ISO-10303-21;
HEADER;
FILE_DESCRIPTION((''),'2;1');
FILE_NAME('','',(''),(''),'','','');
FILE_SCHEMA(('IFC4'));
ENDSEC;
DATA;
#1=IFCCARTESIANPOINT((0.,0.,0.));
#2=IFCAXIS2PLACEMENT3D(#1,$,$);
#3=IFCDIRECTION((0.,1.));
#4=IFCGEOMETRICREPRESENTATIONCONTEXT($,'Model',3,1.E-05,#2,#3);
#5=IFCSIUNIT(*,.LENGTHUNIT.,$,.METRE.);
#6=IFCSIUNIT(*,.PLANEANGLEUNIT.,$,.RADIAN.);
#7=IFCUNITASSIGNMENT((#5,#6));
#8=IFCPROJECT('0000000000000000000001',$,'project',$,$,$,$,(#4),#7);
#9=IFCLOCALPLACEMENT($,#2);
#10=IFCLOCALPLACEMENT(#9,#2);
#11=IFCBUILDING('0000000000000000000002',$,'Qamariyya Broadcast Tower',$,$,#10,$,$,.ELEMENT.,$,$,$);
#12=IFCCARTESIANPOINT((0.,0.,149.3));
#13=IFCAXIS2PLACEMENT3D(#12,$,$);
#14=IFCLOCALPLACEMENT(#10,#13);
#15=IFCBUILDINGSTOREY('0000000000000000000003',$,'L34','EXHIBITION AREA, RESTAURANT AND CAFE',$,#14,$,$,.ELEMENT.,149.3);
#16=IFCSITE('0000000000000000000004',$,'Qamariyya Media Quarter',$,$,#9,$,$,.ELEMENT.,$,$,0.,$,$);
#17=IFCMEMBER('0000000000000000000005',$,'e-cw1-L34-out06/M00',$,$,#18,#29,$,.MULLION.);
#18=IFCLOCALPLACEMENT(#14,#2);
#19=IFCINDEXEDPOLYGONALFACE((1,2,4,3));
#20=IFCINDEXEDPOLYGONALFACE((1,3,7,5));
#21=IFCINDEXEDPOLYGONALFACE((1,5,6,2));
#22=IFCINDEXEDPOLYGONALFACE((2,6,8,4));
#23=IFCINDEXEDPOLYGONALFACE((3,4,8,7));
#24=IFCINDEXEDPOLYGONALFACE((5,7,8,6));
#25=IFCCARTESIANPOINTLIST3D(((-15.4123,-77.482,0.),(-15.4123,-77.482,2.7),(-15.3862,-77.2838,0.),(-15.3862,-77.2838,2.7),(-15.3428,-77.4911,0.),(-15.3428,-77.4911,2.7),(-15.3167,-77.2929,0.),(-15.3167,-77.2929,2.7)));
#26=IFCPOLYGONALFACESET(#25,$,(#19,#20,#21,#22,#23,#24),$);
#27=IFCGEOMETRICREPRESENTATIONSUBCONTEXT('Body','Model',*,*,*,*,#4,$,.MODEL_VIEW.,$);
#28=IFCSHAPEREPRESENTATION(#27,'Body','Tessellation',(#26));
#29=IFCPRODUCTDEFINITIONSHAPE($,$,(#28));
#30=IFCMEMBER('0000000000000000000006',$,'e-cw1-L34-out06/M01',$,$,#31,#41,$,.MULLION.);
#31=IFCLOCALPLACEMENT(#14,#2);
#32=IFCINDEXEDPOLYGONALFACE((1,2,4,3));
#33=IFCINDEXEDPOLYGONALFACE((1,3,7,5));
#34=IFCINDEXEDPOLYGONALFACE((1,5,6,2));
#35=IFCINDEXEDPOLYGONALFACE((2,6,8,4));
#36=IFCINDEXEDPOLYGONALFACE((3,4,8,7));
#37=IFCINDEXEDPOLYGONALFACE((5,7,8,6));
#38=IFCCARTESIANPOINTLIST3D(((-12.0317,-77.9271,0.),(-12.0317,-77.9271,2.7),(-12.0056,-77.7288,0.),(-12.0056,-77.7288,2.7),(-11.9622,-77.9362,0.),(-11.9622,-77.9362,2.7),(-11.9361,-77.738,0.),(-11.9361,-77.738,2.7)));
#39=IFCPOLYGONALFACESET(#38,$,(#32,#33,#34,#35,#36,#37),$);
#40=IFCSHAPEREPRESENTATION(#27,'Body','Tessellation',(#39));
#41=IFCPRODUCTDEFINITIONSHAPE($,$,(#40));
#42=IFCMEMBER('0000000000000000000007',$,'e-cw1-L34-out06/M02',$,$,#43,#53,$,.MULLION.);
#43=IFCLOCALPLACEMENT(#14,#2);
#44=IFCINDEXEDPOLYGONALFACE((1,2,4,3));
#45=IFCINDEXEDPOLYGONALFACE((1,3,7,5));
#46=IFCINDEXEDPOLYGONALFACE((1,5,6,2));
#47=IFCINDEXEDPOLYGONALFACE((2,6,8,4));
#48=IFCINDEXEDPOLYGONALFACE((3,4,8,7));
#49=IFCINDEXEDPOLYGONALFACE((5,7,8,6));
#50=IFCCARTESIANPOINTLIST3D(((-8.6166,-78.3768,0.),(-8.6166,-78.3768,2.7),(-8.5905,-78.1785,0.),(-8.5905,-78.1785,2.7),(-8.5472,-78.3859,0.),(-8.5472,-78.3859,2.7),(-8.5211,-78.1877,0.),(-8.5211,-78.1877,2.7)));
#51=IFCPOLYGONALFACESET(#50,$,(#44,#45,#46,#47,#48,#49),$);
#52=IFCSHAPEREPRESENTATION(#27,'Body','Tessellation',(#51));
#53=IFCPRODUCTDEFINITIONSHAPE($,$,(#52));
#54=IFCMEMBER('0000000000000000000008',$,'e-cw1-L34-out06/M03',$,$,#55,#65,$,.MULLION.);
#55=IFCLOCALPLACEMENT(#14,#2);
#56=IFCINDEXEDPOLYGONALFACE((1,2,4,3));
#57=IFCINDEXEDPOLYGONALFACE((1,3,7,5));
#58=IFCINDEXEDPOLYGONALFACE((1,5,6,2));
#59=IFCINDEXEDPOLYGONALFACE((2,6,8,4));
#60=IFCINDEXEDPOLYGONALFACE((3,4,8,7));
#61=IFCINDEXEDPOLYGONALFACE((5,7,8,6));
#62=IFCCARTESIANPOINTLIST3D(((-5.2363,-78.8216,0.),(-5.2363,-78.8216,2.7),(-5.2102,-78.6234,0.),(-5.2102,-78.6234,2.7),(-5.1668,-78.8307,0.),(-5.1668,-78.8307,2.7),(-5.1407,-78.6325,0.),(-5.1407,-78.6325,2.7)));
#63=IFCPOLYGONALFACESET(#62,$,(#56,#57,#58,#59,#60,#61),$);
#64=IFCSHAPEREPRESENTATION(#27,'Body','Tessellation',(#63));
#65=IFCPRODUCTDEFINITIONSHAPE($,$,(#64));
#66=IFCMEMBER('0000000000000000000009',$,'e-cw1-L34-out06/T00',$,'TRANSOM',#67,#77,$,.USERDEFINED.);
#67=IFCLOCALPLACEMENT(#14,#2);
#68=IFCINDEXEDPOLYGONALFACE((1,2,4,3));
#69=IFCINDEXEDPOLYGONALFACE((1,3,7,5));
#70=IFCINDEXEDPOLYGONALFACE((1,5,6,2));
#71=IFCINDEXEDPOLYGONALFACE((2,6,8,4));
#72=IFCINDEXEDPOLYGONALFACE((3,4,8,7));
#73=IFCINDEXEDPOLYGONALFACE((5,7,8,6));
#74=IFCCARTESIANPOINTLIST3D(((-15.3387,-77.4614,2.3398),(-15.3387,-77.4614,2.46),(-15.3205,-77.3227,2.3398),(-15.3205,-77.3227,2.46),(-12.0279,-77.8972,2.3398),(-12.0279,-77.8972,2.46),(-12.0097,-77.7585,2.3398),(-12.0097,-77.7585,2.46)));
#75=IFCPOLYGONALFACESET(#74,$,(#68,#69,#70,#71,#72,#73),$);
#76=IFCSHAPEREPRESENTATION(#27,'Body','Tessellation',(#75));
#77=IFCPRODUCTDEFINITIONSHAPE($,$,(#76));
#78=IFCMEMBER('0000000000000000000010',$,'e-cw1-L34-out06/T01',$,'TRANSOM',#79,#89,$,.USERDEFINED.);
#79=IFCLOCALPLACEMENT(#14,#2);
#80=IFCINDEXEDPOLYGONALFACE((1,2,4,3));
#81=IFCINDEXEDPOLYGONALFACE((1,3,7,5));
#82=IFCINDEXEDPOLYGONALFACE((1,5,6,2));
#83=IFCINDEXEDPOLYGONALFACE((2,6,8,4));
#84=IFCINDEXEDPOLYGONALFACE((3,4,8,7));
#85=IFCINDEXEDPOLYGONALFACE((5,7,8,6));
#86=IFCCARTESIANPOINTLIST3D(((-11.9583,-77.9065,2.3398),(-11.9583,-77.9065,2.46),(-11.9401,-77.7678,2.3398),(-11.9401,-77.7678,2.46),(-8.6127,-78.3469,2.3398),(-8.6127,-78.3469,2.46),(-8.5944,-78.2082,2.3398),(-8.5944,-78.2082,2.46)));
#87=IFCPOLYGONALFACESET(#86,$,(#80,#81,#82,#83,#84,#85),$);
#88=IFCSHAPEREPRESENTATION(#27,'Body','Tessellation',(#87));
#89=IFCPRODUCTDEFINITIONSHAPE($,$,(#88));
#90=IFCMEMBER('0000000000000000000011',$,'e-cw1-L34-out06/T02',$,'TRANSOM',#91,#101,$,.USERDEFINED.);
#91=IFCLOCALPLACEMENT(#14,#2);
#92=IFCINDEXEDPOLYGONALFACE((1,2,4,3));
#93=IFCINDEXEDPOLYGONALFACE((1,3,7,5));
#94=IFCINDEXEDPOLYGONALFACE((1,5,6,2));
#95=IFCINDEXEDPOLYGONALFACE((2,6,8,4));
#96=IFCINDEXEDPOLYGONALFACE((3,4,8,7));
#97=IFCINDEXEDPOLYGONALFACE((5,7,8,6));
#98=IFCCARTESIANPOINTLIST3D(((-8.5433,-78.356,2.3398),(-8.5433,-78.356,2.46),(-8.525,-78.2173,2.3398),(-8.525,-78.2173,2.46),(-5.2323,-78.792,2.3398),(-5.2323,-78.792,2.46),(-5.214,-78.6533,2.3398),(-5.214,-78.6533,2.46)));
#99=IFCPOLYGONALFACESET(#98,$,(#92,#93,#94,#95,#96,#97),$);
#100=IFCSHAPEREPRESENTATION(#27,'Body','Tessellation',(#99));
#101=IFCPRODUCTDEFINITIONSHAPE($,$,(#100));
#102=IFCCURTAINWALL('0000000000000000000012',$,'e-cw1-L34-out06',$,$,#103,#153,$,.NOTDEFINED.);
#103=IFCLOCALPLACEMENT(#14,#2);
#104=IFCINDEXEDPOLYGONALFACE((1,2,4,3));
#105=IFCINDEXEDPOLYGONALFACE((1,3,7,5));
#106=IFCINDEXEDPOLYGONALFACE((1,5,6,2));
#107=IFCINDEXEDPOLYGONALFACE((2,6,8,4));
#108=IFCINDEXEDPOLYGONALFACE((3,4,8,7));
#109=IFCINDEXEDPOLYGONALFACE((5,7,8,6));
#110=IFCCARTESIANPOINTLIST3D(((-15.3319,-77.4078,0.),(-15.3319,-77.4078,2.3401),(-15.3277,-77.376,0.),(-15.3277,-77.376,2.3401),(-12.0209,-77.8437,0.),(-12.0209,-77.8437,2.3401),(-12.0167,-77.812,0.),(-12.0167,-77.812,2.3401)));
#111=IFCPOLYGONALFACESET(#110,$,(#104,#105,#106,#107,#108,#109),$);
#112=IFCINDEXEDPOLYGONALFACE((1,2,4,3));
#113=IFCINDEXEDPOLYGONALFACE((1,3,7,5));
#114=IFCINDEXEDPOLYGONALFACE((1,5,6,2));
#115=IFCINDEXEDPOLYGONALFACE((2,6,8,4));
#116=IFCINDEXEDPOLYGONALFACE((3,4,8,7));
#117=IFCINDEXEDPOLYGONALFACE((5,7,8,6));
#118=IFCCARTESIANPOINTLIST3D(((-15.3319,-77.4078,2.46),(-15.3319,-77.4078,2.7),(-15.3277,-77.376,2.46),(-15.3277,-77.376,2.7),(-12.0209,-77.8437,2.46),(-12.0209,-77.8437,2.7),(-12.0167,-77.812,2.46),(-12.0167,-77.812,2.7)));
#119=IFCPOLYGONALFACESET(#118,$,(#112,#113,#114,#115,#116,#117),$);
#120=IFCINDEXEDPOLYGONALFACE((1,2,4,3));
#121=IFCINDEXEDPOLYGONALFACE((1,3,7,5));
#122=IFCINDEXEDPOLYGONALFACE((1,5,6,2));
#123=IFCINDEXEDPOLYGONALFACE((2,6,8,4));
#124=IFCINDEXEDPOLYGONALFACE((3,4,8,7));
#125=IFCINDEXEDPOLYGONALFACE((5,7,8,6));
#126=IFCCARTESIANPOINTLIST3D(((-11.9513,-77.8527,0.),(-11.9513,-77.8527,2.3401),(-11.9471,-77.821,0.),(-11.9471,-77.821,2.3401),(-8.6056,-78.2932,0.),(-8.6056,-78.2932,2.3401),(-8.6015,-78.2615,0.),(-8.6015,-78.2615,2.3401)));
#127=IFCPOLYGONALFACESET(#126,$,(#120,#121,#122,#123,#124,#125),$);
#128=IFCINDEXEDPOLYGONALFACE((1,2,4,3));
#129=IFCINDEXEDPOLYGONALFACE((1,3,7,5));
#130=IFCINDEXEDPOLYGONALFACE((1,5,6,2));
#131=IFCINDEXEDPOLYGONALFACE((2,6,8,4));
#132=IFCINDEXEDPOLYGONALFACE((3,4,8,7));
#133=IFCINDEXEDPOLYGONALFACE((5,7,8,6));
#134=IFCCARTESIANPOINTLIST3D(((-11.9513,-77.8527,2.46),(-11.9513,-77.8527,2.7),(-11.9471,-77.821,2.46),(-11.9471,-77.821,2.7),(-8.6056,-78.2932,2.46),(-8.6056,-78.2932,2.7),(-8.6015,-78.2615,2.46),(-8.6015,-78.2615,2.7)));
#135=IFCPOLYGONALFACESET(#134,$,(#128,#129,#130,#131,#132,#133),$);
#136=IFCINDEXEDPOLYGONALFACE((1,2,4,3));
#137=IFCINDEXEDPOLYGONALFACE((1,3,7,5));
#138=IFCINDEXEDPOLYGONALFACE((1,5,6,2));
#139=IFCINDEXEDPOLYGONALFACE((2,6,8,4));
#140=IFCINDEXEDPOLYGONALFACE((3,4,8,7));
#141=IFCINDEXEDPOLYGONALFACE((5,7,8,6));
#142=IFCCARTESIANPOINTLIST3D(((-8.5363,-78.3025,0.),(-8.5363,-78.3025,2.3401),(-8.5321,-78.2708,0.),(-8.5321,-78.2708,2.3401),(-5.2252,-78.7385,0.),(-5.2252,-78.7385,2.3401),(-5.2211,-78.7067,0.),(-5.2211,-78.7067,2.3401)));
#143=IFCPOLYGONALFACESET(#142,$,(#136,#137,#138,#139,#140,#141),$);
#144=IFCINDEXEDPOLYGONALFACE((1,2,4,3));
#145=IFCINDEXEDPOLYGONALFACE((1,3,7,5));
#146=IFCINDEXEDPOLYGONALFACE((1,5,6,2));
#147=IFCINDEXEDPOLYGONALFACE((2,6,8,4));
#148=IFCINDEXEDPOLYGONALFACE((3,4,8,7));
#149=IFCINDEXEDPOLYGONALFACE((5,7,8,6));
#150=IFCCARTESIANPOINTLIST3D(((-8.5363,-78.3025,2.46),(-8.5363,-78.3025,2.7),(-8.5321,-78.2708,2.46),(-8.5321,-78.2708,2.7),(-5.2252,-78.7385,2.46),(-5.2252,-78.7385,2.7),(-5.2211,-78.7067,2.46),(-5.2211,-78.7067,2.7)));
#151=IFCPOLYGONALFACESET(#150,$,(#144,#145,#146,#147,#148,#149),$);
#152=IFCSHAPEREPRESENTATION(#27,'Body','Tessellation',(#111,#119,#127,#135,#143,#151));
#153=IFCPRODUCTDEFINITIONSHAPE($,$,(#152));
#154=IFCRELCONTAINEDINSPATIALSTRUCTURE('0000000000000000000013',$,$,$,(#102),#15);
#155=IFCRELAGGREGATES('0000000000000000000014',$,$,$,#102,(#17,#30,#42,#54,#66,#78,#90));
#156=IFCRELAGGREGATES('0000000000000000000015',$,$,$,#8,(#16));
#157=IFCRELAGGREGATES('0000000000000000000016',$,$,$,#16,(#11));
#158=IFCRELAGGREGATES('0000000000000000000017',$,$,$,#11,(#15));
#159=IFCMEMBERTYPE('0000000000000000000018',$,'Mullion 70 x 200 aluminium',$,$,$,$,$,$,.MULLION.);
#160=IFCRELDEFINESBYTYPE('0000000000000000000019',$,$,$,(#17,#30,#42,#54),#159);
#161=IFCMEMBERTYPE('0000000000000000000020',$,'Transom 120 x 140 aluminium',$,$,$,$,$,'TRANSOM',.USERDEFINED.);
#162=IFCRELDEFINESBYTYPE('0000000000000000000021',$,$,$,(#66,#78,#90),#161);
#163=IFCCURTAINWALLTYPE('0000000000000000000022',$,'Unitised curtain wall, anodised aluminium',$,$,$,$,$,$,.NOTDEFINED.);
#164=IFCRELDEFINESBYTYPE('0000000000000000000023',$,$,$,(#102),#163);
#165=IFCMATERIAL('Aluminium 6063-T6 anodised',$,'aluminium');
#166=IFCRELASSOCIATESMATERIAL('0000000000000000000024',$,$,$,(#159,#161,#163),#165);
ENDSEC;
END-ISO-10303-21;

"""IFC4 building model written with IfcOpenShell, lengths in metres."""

from ifc_helpers import new_model, si_unit, direction, frame, origin, origin_2d, place, context, subcontext, project, spatial, rectangle, extrude, material, material_profile, profile_set, type_object, element, aggregate, save


model = new_model("IFC4")

# Units and contexts
model_context = context("Model", 3, precision=1e-05, world=origin(), true_north=direction((0.0, 1.0)))
body_context = subcontext(model_context, "Body", "Model", "MODEL_VIEW")
ifc_project = project(units=[si_unit("LENGTHUNIT", "METRE"), si_unit("PLANEANGLEUNIT", "RADIAN")], contexts=[model_context])

# Members
ifc_material = material(Name="Aluminium 6063-T6 anodised", Category="aluminium")
ifc_material_profile_1 = material_profile(ifc_material, rectangle(XDim=0.2, YDim=0.0701, at=origin_2d()))
ifc_profile_set_1 = profile_set([ifc_material_profile_1], Name="Aluminium 6063-T6 anodised")
member_type_1 = type_object("IfcMemberType", Name="Mullion 70 x 200 aluminium", PredefinedType="MULLION", material=ifc_profile_set_1)
site_placement = place(None, origin())
building_placement = place(site_placement, origin())
storey_placement = place(building_placement, frame((0.0, 0.0, 149.3)))
member_1_placement = place(storey_placement, frame((-15.3645, -77.3875, 0.0), z_axis=(0.0, 0.0, 1.0), x_axis=(0.130526, 0.991445, 0.0)))
member_1 = element("IfcMember", 1, at=member_1_placement, type_object=member_type_1, Name="e-cw1-L34-out06/M00", PredefinedType="MULLION", context=body_context, shape_type="SweptSolid", body=[
    extrude(rectangle(XDim=0.2, YDim=0.0701, at=origin_2d()), origin(), (0.0, 0.0, 1.0), 2.7),
])
member_2_placement = place(storey_placement, frame((-11.9839, -77.8325, 0.0), z_axis=(0.0, 0.0, 1.0), x_axis=(0.130526, 0.991445, 0.0)))
member_2 = element("IfcMember", 2, at=member_2_placement, type_object=member_type_1, Name="e-cw1-L34-out06/M01", PredefinedType="MULLION", context=body_context, shape_type="SweptSolid", body=[
    extrude(rectangle(XDim=0.2, YDim=0.0701, at=origin_2d()), origin(), (0.0, 0.0, 1.0), 2.7),
])
member_3_placement = place(storey_placement, frame((-8.5688, -78.2822, 0.0), z_axis=(0.0, 0.0, 1.0), x_axis=(0.130526, 0.991445, 0.0)))
member_3 = element("IfcMember", 3, at=member_3_placement, type_object=member_type_1, Name="e-cw1-L34-out06/M02", PredefinedType="MULLION", context=body_context, shape_type="SweptSolid", body=[
    extrude(rectangle(XDim=0.2, YDim=0.0701, at=origin_2d()), origin(), (0.0, 0.0, 1.0), 2.7),
])
member_4_placement = place(storey_placement, frame((-5.1885, -78.7271, 0.0), z_axis=(0.0, 0.0, 1.0), x_axis=(0.130526, 0.991445, 0.0)))
member_4 = element("IfcMember", 4, at=member_4_placement, type_object=member_type_1, Name="e-cw1-L34-out06/M03", PredefinedType="MULLION", context=body_context, shape_type="SweptSolid", body=[
    extrude(rectangle(XDim=0.2, YDim=0.0701, at=origin_2d()), origin(), (0.0, 0.0, 1.0), 2.7),
])
ifc_material_profile_2 = material_profile(ifc_material, rectangle(XDim=0.1399, YDim=0.1201, at=origin_2d()))
ifc_profile_set_2 = profile_set([ifc_material_profile_2], Name="Aluminium 6063-T6 anodised")
member_type_2 = type_object("IfcMemberType", Name="Transom 120 x 140 aluminium", ElementType="TRANSOM", PredefinedType="USERDEFINED", material=ifc_profile_set_2)
member_5_placement = place(storey_placement, frame((-15.3296, -77.3921, 2.3999), z_axis=(0.991448, -0.130502, 0.0), x_axis=(0.130502, 0.991448, 0.0)))
member_5 = element("IfcMember", 5, at=member_5_placement, type_object=member_type_2, Name="e-cw1-L34-out06/T00", ObjectType="TRANSOM", PredefinedType="USERDEFINED", context=body_context, shape_type="SweptSolid", body=[
    extrude(rectangle(XDim=0.1399, YDim=0.1201, at=origin_2d()), origin(), (0.0, 0.0, 1.0), 3.3394),
])
member_6_placement = place(storey_placement, frame((-11.9492, -77.8372, 2.3999), z_axis=(0.991446, -0.130514, 0.0), x_axis=(0.130514, 0.991446, 0.0)))
member_6 = element("IfcMember", 6, at=member_6_placement, type_object=member_type_2, Name="e-cw1-L34-out06/T01", ObjectType="TRANSOM", PredefinedType="USERDEFINED", context=body_context, shape_type="SweptSolid", body=[
    extrude(rectangle(XDim=0.1399, YDim=0.1201, at=origin_2d()), origin(), (0.0, 0.0, 1.0), 3.3745),
])
member_7_placement = place(storey_placement, frame((-8.5342, -78.2866, 2.3999), z_axis=(0.99144, -0.130564, 0.0), x_axis=(0.130564, 0.99144, 0.0)))
member_7 = element("IfcMember", 7, at=member_7_placement, type_object=member_type_2, Name="e-cw1-L34-out06/T02", ObjectType="TRANSOM", PredefinedType="USERDEFINED", context=body_context, shape_type="SweptSolid", body=[
    extrude(rectangle(XDim=0.1399, YDim=0.1201, at=origin_2d()), origin(), (0.0, 0.0, 1.0), 3.3396),
])

# Site, building, storey
site = spatial("IfcSite", under=ifc_project, at=site_placement, Name="Qamariyya Media Quarter", CompositionType="ELEMENT", RefElevation=0.0)
building = spatial("IfcBuilding", under=site, at=building_placement, Name="Qamariyya Broadcast Tower", CompositionType="ELEMENT")
storey = spatial("IfcBuildingStorey", under=building, at=storey_placement, Name="L34", Description="EXHIBITION AREA, RESTAURANT AND CAFE", CompositionType="ELEMENT", Elevation=149.3)

# Curtain wall
curtain_wall_type = type_object("IfcCurtainWallType", Name="Unitised curtain wall, anodised aluminium", PredefinedType="NOTDEFINED", material=ifc_material)
curtain_wall_1_placement = place(storey_placement, origin())
curtain_wall_1 = element("IfcCurtainWall", 8, at=curtain_wall_1_placement, inside=storey, type_object=curtain_wall_type, Name="e-cw1-L34-out06", PredefinedType="NOTDEFINED", context=body_context, shape_type="SweptSolid", body=[
    extrude(rectangle(XDim=3.3396, YDim=0.032, at=origin_2d()), frame((-13.6743, -77.6099, 0.0), x_axis=(0.991444, -0.130531, 0.0)), (0.0, 0.0, 1.0), 2.3401),
    extrude(rectangle(XDim=3.3396, YDim=0.032, at=origin_2d()), frame((-13.6743, -77.6099, 2.46), x_axis=(0.991444, -0.130531, 0.0)), (0.0, 0.0, 1.0), 0.24),
    extrude(rectangle(XDim=3.3745, YDim=0.032, at=origin_2d()), frame((-10.2764, -78.0571, 0.0), x_axis=(0.991444, -0.130531, 0.0)), (0.0, 0.0, 1.0), 2.3401),
    extrude(rectangle(XDim=3.3745, YDim=0.032, at=origin_2d()), frame((-10.2764, -78.0571, 2.46), x_axis=(0.991444, -0.130531, 0.0)), (0.0, 0.0, 1.0), 0.24),
    extrude(rectangle(XDim=3.3396, YDim=0.032, at=origin_2d()), frame((-6.8787, -78.5046, 0.0), x_axis=(0.991444, -0.130531, 0.0)), (0.0, 0.0, 1.0), 2.3401),
    extrude(rectangle(XDim=3.3396, YDim=0.032, at=origin_2d()), frame((-6.8787, -78.5046, 2.46), x_axis=(0.991444, -0.130531, 0.0)), (0.0, 0.0, 1.0), 0.24),
])
aggregate(curtain_wall_1, [member_1, member_2, member_3, member_4, member_5, member_6, member_7])

save(model, "model.ifc")
